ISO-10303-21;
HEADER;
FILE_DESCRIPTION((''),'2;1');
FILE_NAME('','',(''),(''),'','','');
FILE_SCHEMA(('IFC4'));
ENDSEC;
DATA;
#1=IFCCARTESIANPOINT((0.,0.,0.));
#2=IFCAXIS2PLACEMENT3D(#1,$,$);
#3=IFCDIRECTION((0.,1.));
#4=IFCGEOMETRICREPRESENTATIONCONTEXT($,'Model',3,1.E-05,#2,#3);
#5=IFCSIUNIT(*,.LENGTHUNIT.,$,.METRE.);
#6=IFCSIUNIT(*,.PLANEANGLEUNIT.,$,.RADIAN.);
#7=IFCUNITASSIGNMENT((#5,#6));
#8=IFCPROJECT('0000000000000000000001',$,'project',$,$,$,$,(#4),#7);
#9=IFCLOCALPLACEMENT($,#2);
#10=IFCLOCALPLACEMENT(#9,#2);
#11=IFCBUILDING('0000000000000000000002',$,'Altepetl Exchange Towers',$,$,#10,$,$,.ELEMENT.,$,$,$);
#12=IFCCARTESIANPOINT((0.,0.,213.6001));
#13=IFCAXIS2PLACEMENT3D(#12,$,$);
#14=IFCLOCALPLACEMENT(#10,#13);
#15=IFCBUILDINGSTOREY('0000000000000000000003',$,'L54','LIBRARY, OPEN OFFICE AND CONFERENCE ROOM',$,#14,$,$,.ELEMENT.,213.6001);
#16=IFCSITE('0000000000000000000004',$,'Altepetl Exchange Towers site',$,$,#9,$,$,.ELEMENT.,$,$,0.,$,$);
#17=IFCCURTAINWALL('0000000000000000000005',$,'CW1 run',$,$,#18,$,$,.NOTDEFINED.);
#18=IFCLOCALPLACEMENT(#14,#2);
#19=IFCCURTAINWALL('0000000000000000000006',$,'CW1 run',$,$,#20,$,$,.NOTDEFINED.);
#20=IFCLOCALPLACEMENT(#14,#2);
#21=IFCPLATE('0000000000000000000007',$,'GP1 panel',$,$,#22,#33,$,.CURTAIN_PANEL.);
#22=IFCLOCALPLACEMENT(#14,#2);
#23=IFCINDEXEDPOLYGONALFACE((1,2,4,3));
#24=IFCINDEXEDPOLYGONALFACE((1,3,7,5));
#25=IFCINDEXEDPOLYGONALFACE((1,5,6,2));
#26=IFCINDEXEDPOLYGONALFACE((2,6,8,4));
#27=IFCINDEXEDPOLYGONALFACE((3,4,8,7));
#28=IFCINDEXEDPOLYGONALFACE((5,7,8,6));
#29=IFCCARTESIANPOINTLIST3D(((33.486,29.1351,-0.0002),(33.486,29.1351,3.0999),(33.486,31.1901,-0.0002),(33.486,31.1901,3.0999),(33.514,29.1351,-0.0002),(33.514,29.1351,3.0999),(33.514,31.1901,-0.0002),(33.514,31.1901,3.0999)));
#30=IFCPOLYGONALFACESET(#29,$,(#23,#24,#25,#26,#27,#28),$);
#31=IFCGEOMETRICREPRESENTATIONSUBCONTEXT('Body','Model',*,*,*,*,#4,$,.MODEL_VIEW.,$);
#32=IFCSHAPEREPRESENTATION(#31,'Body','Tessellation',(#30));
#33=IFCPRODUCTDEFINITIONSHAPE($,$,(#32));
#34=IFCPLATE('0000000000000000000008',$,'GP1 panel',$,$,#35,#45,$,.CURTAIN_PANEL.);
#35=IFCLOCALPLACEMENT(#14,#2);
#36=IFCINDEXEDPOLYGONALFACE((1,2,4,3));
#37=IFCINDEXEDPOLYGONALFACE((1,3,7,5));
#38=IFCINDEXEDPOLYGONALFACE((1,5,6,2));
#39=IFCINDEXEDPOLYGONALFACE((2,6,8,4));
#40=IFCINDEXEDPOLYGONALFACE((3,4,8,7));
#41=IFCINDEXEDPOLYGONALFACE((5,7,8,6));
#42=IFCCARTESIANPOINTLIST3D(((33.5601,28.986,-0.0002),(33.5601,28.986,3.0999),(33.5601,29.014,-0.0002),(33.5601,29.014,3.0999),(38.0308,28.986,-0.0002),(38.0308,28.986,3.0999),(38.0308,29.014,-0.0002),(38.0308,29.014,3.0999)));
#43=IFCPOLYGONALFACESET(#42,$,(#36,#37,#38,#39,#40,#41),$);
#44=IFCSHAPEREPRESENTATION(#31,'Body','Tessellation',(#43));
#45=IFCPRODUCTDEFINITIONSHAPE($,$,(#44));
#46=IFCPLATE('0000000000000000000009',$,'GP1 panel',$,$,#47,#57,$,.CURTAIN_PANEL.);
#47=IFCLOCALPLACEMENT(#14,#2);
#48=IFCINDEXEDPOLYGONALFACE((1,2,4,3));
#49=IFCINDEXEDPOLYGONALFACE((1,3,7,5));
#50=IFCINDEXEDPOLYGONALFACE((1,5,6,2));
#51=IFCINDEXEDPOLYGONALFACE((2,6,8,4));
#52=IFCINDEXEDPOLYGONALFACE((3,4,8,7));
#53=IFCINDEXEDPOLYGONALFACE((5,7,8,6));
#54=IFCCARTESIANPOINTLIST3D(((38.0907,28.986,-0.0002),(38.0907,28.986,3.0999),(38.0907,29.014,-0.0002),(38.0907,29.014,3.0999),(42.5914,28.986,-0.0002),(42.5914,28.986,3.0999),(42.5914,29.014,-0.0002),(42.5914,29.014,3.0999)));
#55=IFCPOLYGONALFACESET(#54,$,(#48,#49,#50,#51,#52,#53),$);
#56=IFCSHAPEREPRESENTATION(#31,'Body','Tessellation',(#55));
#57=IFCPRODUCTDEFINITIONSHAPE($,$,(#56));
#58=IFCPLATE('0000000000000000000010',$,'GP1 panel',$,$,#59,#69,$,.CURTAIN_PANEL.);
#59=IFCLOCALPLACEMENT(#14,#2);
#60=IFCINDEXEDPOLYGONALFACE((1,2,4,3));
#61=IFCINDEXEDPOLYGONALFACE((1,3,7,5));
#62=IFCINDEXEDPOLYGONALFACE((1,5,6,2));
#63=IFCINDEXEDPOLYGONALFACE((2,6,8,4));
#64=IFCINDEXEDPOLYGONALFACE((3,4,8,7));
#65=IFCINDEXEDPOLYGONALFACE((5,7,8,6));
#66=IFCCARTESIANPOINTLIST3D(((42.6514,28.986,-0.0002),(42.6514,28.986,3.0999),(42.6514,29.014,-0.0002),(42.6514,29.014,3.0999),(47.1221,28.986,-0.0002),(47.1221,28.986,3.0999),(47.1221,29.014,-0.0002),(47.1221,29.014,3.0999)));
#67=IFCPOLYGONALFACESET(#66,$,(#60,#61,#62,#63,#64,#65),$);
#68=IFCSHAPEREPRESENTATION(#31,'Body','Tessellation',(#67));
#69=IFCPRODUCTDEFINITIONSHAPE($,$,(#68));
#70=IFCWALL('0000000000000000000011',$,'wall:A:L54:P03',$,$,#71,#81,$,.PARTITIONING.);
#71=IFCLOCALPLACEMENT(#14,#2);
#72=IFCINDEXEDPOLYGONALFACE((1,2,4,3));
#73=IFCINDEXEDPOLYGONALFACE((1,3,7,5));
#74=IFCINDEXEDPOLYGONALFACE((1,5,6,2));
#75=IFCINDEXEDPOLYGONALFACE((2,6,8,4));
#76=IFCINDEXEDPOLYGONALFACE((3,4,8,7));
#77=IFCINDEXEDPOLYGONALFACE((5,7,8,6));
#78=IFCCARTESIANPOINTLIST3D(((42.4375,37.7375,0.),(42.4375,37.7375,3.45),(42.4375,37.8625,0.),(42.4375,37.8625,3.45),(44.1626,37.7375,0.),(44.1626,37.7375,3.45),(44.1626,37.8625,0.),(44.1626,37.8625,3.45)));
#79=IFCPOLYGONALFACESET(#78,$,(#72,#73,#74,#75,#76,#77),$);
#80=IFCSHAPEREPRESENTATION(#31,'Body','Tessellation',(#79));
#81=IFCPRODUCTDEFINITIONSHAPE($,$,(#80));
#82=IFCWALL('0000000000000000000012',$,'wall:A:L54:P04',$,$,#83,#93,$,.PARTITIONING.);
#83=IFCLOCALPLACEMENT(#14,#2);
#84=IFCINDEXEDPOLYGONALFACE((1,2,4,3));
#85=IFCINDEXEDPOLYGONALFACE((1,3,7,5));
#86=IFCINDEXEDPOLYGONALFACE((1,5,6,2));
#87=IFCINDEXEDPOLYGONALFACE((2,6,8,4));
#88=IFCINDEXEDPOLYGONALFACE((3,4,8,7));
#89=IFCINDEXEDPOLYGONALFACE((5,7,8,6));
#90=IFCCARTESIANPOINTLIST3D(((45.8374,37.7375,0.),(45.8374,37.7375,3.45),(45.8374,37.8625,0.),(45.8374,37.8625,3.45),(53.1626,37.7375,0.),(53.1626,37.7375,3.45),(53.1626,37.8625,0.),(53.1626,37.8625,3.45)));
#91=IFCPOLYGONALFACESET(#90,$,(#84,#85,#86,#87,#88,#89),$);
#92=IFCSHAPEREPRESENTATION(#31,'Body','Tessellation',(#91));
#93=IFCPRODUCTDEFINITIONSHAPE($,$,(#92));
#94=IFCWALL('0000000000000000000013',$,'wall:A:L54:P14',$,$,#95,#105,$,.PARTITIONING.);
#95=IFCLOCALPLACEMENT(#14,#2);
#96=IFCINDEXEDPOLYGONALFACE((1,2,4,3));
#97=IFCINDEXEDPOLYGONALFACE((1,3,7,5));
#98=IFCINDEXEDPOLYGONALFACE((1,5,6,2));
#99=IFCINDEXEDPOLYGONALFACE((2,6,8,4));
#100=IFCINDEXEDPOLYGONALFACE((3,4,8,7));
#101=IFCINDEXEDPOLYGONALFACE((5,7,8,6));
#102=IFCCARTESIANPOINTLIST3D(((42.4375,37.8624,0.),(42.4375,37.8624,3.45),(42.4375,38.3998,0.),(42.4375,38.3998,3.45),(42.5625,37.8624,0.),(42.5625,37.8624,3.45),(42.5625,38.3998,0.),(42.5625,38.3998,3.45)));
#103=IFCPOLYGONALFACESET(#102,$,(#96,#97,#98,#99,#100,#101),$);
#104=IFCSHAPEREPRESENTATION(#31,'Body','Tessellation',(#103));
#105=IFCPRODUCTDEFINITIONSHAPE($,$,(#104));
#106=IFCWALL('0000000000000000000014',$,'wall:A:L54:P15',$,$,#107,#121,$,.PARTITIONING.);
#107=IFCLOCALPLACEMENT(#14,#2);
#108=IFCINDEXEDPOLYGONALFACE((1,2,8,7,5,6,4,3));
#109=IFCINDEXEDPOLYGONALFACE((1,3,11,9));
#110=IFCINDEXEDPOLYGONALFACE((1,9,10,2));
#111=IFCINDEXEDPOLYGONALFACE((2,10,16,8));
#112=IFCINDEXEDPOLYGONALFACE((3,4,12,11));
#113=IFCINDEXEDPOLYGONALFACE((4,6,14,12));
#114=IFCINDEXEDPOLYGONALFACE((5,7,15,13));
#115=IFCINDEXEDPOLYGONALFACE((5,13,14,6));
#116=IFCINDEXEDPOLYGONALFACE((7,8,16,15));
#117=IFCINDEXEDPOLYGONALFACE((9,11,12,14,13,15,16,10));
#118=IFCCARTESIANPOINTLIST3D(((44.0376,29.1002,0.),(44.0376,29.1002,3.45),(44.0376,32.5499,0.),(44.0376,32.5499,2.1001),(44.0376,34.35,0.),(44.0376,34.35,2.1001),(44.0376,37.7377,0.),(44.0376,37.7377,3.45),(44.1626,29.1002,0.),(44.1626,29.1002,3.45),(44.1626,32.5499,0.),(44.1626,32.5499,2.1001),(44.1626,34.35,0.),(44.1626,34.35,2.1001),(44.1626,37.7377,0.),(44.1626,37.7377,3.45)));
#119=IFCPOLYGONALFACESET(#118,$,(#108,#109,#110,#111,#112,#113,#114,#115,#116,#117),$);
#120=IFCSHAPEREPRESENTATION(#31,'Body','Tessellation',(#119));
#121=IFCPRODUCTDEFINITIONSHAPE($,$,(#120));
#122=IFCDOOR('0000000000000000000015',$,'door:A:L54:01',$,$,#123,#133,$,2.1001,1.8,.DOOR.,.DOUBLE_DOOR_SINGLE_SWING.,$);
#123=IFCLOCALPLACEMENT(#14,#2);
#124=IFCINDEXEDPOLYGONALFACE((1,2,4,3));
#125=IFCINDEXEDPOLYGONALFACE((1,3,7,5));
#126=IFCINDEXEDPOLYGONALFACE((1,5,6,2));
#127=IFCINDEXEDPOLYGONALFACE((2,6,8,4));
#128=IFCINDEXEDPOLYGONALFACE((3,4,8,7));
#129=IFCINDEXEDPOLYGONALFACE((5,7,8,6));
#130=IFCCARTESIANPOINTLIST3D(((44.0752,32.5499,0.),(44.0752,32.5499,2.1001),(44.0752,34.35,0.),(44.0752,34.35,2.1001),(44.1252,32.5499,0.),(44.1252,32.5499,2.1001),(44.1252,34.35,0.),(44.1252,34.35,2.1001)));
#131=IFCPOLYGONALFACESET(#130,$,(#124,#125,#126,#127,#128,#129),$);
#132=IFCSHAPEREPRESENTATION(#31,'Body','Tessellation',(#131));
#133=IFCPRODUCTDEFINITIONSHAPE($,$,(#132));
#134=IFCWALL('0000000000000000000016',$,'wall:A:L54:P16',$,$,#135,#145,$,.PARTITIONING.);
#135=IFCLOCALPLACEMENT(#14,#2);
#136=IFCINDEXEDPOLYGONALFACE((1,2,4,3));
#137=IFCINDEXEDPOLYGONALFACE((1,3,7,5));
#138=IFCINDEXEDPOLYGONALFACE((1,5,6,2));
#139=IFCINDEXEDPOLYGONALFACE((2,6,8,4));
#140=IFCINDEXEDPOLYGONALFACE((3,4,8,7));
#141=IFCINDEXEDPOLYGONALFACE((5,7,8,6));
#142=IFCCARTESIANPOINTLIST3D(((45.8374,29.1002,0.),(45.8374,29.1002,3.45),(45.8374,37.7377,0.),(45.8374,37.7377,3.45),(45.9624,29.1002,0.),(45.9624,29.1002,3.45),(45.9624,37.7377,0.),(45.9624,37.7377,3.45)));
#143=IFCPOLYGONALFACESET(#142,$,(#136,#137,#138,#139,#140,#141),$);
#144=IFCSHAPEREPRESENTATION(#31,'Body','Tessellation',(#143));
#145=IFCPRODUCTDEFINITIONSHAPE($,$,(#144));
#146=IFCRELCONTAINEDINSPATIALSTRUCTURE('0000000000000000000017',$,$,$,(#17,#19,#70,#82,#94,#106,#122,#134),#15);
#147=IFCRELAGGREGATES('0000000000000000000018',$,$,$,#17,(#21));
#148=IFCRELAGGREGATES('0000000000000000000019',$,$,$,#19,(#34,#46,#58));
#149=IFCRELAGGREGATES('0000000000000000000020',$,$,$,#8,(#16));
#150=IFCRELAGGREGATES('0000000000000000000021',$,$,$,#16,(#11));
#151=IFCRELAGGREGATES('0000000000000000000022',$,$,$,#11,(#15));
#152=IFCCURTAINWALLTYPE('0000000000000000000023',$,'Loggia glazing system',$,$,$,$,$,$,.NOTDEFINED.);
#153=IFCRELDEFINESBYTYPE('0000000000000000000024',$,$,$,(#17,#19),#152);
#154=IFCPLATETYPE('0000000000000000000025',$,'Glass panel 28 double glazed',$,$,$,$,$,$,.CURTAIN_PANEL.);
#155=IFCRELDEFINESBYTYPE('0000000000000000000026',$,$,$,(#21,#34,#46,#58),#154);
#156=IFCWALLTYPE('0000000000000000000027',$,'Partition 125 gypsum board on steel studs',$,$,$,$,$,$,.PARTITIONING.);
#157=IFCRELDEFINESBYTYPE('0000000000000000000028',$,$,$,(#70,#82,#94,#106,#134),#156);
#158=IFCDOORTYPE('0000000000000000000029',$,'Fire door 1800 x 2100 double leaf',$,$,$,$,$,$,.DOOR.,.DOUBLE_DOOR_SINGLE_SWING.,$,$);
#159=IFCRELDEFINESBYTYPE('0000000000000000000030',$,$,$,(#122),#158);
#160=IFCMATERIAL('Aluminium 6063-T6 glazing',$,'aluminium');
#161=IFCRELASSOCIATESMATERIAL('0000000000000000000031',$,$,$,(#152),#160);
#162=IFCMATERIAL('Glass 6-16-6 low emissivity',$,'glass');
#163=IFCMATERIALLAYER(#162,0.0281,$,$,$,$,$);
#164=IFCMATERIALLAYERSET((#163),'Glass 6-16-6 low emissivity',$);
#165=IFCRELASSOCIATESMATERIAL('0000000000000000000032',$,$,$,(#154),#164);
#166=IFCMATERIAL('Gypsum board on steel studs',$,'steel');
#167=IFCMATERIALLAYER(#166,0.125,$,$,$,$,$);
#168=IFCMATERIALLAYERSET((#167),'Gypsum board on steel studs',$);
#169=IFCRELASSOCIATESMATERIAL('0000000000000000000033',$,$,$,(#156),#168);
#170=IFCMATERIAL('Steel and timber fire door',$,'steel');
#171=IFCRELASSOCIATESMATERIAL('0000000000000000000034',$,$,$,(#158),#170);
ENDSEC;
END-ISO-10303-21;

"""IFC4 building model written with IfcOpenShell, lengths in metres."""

from ifc_helpers import new_model, si_unit, direction, frame, frame_2d, origin, origin_2d, place, context, subcontext, project, spatial, rectangle, extrude, material, layer, layer_set, type_object, element, fill, aggregate, save


model = new_model("IFC4")

# Units and contexts
model_context = context("Model", 3, precision=1e-05, world=origin(), true_north=direction((0.0, 1.0)))
body_context = subcontext(model_context, "Body", "Model", "MODEL_VIEW")
ifc_project = project(units=[si_unit("LENGTHUNIT", "METRE"), si_unit("PLANEANGLEUNIT", "RADIAN")], contexts=[model_context])

# Site, building, storey
site_placement = place(None, origin())
site = spatial("IfcSite", under=ifc_project, at=site_placement, Name="Altepetl Exchange Towers site", CompositionType="ELEMENT", RefElevation=0.0)
building_placement = place(site_placement, origin())
building = spatial("IfcBuilding", under=site, at=building_placement, Name="Altepetl Exchange Towers", CompositionType="ELEMENT")
storey_placement = place(building_placement, frame((0.0, 0.0, 213.6001)))
storey = spatial("IfcBuildingStorey", under=building, at=storey_placement, Name="L54", Description="LIBRARY, OPEN OFFICE AND CONFERENCE ROOM", CompositionType="ELEMENT", Elevation=213.6001)

# Shared definitions
ifc_material_1 = material(Name="Aluminium 6063-T6 glazing", Category="aluminium")
curtain_wall_type = type_object("IfcCurtainWallType", Name="Loggia glazing system", PredefinedType="NOTDEFINED", material=ifc_material_1)

# Curtain walls
curtain_wall_1_placement = place(storey_placement, origin())
curtain_wall_1 = element("IfcCurtainWall", 1, at=curtain_wall_1_placement, inside=storey, type_object=curtain_wall_type, Name="CW1 run", PredefinedType="NOTDEFINED")
curtain_wall_2_placement = place(storey_placement, origin())
curtain_wall_2 = element("IfcCurtainWall", 2, at=curtain_wall_2_placement, inside=storey, type_object=curtain_wall_type, Name="CW1 run", PredefinedType="NOTDEFINED")

# Shared definitions
ifc_material_2 = material(Name="Glass 6-16-6 low emissivity", Category="glass")
ifc_layer_1 = layer(ifc_material_2, 0.0281)
ifc_layer_set_1 = layer_set([ifc_layer_1], Name="Glass 6-16-6 low emissivity")
plate_type = type_object("IfcPlateType", Name="Glass panel 28 double glazed", PredefinedType="CURTAIN_PANEL", material=ifc_layer_set_1)

# Plates
plate_1_placement = place(storey_placement, frame((33.5, 30.1626, -0.0002), z_axis=(0.0, 0.0, 1.0), x_axis=(0.0, -1.0, 0.0)))
plate_1 = element("IfcPlate", 3, at=plate_1_placement, type_object=plate_type, Name="GP1 panel", PredefinedType="CURTAIN_PANEL", context=body_context, shape_type="SweptSolid", body=[
    extrude(rectangle(XDim=2.0549, YDim=0.0281, at=origin_2d()), origin(), (0.0, 0.0, 1.0), 3.1001),
])
aggregate(curtain_wall_1, [plate_1])
plate_2_placement = place(storey_placement, frame((35.7954, 29.0, -0.0002)))
plate_2 = element("IfcPlate", 4, at=plate_2_placement, type_object=plate_type, Name="GP1 panel", PredefinedType="CURTAIN_PANEL", context=body_context, shape_type="SweptSolid", body=[
    extrude(rectangle(XDim=4.4707, YDim=0.0281, at=origin_2d()), origin(), (0.0, 0.0, 1.0), 3.1001),
])
plate_3_placement = place(storey_placement, frame((40.3411, 29.0, -0.0002)))
plate_3 = element("IfcPlate", 5, at=plate_3_placement, type_object=plate_type, Name="GP1 panel", PredefinedType="CURTAIN_PANEL", context=body_context, shape_type="SweptSolid", body=[
    extrude(rectangle(XDim=4.5007, YDim=0.0281, at=origin_2d()), origin(), (0.0, 0.0, 1.0), 3.1001),
])
plate_4_placement = place(storey_placement, frame((44.8867, 29.0, -0.0002)))
plate_4 = element("IfcPlate", 6, at=plate_4_placement, type_object=plate_type, Name="GP1 panel", PredefinedType="CURTAIN_PANEL", context=body_context, shape_type="SweptSolid", body=[
    extrude(rectangle(XDim=4.4707, YDim=0.0281, at=origin_2d()), origin(), (0.0, 0.0, 1.0), 3.1001),
])
aggregate(curtain_wall_2, [plate_2, plate_3, plate_4])

# Walls
ifc_material_3 = material(Name="Gypsum board on steel studs", Category="steel")
ifc_layer_2 = layer(ifc_material_3, 0.125)
ifc_layer_set_2 = layer_set([ifc_layer_2], Name="Gypsum board on steel studs")
wall_type_1 = type_object("IfcWallType", Name="Partition 125 gypsum board on steel studs", PredefinedType="PARTITIONING", material=ifc_layer_set_2)
wall_1_placement = place(storey_placement, frame((42.4375, 37.8, 0.0)))
element("IfcWall", 7, at=wall_1_placement, inside=storey, type_object=wall_type_1, Name="wall:A:L54:P03", PredefinedType="PARTITIONING", context=body_context, shape_type="SweptSolid", body=[
    extrude(rectangle(XDim=1.7251, YDim=0.125, at=frame_2d((0.8625, 0.0))), origin(), (0.0, 0.0, 1.0), 3.45),
])
wall_2_placement = place(storey_placement, frame((45.8374, 37.8, 0.0)))
element("IfcWall", 8, at=wall_2_placement, inside=storey, type_object=wall_type_1, Name="wall:A:L54:P04", PredefinedType="PARTITIONING", context=body_context, shape_type="SweptSolid", body=[
    extrude(rectangle(XDim=7.3252, YDim=0.125, at=frame_2d((3.6626, 0.0))), origin(), (0.0, 0.0, 1.0), 3.45),
])
wall_3_placement = place(storey_placement, frame((42.5, 37.8625, 0.0), z_axis=(0.0, 0.0, 1.0), x_axis=(0.0, 1.0, 0.0)))
element("IfcWall", 9, at=wall_3_placement, inside=storey, type_object=wall_type_1, Name="wall:A:L54:P14", PredefinedType="PARTITIONING", context=body_context, shape_type="SweptSolid", body=[
    extrude(rectangle(XDim=0.5374, YDim=0.125, at=frame_2d((0.2686, 0.0))), origin(), (0.0, 0.0, 1.0), 3.45),
])

# Wall, opening, door
wall_4_placement = place(storey_placement, frame((44.1001, 29.1001, 0.0), z_axis=(0.0, 0.0, 1.0), x_axis=(0.0, 1.0, 0.0)))
wall_4 = element("IfcWall", 10, at=wall_4_placement, inside=storey, type_object=wall_type_1, Name="wall:A:L54:P15", PredefinedType="PARTITIONING", context=body_context, shape_type="SweptSolid", body=[
    extrude(rectangle(XDim=8.6375, YDim=0.125, at=frame_2d((4.3188, 0.0))), origin(), (0.0, 0.0, 1.0), 3.45),
])
opening_1_placement = place(wall_4_placement, frame((3.45, 0.0, 0.0)))
opening_1 = element("IfcOpeningElement", 11, at=opening_1_placement, cuts=wall_4, PredefinedType="OPENING", context=body_context, shape_type="SweptSolid", body=[
    extrude(rectangle(XDim=1.8, YDim=2.1001, at=frame_2d((0.8999, 1.05))), frame((0.0, 0.0725, 0.0), z_axis=(0.0, -1.0, 0.0), x_axis=(1.0, 0.0, 0.0)), (0.0, 0.0, 1.0), 0.145),
])
ifc_material_4 = material(Name="Steel and timber fire door", Category="steel")
door_type_1 = type_object("IfcDoorType", Name="Fire door 1800 x 2100 double leaf", OperationType="DOUBLE_DOOR_SINGLE_SWING", PredefinedType="DOOR", material=ifc_material_4)
door_1_placement = place(opening_1_placement, origin())
door_1 = element("IfcDoor", 12, at=door_1_placement, inside=storey, type_object=door_type_1, Name="door:A:L54:01", OperationType="DOUBLE_DOOR_SINGLE_SWING", OverallHeight=2.1001, OverallWidth=1.8, PredefinedType="DOOR", context=body_context, shape_type="SweptSolid", body=[
    extrude(rectangle(XDim=1.8, YDim=2.1001, at=frame_2d((0.8999, 1.05))), frame((0.0, 0.0249, 0.0), z_axis=(0.0, -1.0, 0.0), x_axis=(1.0, 0.0, 0.0)), (0.0, 0.0, 1.0), 0.05),
])
fill(opening_1, door_1)

# Wall
wall_5_placement = place(storey_placement, frame((45.8999, 29.1001, 0.0), z_axis=(0.0, 0.0, 1.0), x_axis=(0.0, 1.0, 0.0)))
element("IfcWall", 13, at=wall_5_placement, inside=storey, type_object=wall_type_1, Name="wall:A:L54:P16", PredefinedType="PARTITIONING", context=body_context, shape_type="SweptSolid", body=[
    extrude(rectangle(XDim=8.6375, YDim=0.125, at=frame_2d((4.3188, 0.0))), origin(), (0.0, 0.0, 1.0), 3.45),
])

save(model, "model.ifc")
